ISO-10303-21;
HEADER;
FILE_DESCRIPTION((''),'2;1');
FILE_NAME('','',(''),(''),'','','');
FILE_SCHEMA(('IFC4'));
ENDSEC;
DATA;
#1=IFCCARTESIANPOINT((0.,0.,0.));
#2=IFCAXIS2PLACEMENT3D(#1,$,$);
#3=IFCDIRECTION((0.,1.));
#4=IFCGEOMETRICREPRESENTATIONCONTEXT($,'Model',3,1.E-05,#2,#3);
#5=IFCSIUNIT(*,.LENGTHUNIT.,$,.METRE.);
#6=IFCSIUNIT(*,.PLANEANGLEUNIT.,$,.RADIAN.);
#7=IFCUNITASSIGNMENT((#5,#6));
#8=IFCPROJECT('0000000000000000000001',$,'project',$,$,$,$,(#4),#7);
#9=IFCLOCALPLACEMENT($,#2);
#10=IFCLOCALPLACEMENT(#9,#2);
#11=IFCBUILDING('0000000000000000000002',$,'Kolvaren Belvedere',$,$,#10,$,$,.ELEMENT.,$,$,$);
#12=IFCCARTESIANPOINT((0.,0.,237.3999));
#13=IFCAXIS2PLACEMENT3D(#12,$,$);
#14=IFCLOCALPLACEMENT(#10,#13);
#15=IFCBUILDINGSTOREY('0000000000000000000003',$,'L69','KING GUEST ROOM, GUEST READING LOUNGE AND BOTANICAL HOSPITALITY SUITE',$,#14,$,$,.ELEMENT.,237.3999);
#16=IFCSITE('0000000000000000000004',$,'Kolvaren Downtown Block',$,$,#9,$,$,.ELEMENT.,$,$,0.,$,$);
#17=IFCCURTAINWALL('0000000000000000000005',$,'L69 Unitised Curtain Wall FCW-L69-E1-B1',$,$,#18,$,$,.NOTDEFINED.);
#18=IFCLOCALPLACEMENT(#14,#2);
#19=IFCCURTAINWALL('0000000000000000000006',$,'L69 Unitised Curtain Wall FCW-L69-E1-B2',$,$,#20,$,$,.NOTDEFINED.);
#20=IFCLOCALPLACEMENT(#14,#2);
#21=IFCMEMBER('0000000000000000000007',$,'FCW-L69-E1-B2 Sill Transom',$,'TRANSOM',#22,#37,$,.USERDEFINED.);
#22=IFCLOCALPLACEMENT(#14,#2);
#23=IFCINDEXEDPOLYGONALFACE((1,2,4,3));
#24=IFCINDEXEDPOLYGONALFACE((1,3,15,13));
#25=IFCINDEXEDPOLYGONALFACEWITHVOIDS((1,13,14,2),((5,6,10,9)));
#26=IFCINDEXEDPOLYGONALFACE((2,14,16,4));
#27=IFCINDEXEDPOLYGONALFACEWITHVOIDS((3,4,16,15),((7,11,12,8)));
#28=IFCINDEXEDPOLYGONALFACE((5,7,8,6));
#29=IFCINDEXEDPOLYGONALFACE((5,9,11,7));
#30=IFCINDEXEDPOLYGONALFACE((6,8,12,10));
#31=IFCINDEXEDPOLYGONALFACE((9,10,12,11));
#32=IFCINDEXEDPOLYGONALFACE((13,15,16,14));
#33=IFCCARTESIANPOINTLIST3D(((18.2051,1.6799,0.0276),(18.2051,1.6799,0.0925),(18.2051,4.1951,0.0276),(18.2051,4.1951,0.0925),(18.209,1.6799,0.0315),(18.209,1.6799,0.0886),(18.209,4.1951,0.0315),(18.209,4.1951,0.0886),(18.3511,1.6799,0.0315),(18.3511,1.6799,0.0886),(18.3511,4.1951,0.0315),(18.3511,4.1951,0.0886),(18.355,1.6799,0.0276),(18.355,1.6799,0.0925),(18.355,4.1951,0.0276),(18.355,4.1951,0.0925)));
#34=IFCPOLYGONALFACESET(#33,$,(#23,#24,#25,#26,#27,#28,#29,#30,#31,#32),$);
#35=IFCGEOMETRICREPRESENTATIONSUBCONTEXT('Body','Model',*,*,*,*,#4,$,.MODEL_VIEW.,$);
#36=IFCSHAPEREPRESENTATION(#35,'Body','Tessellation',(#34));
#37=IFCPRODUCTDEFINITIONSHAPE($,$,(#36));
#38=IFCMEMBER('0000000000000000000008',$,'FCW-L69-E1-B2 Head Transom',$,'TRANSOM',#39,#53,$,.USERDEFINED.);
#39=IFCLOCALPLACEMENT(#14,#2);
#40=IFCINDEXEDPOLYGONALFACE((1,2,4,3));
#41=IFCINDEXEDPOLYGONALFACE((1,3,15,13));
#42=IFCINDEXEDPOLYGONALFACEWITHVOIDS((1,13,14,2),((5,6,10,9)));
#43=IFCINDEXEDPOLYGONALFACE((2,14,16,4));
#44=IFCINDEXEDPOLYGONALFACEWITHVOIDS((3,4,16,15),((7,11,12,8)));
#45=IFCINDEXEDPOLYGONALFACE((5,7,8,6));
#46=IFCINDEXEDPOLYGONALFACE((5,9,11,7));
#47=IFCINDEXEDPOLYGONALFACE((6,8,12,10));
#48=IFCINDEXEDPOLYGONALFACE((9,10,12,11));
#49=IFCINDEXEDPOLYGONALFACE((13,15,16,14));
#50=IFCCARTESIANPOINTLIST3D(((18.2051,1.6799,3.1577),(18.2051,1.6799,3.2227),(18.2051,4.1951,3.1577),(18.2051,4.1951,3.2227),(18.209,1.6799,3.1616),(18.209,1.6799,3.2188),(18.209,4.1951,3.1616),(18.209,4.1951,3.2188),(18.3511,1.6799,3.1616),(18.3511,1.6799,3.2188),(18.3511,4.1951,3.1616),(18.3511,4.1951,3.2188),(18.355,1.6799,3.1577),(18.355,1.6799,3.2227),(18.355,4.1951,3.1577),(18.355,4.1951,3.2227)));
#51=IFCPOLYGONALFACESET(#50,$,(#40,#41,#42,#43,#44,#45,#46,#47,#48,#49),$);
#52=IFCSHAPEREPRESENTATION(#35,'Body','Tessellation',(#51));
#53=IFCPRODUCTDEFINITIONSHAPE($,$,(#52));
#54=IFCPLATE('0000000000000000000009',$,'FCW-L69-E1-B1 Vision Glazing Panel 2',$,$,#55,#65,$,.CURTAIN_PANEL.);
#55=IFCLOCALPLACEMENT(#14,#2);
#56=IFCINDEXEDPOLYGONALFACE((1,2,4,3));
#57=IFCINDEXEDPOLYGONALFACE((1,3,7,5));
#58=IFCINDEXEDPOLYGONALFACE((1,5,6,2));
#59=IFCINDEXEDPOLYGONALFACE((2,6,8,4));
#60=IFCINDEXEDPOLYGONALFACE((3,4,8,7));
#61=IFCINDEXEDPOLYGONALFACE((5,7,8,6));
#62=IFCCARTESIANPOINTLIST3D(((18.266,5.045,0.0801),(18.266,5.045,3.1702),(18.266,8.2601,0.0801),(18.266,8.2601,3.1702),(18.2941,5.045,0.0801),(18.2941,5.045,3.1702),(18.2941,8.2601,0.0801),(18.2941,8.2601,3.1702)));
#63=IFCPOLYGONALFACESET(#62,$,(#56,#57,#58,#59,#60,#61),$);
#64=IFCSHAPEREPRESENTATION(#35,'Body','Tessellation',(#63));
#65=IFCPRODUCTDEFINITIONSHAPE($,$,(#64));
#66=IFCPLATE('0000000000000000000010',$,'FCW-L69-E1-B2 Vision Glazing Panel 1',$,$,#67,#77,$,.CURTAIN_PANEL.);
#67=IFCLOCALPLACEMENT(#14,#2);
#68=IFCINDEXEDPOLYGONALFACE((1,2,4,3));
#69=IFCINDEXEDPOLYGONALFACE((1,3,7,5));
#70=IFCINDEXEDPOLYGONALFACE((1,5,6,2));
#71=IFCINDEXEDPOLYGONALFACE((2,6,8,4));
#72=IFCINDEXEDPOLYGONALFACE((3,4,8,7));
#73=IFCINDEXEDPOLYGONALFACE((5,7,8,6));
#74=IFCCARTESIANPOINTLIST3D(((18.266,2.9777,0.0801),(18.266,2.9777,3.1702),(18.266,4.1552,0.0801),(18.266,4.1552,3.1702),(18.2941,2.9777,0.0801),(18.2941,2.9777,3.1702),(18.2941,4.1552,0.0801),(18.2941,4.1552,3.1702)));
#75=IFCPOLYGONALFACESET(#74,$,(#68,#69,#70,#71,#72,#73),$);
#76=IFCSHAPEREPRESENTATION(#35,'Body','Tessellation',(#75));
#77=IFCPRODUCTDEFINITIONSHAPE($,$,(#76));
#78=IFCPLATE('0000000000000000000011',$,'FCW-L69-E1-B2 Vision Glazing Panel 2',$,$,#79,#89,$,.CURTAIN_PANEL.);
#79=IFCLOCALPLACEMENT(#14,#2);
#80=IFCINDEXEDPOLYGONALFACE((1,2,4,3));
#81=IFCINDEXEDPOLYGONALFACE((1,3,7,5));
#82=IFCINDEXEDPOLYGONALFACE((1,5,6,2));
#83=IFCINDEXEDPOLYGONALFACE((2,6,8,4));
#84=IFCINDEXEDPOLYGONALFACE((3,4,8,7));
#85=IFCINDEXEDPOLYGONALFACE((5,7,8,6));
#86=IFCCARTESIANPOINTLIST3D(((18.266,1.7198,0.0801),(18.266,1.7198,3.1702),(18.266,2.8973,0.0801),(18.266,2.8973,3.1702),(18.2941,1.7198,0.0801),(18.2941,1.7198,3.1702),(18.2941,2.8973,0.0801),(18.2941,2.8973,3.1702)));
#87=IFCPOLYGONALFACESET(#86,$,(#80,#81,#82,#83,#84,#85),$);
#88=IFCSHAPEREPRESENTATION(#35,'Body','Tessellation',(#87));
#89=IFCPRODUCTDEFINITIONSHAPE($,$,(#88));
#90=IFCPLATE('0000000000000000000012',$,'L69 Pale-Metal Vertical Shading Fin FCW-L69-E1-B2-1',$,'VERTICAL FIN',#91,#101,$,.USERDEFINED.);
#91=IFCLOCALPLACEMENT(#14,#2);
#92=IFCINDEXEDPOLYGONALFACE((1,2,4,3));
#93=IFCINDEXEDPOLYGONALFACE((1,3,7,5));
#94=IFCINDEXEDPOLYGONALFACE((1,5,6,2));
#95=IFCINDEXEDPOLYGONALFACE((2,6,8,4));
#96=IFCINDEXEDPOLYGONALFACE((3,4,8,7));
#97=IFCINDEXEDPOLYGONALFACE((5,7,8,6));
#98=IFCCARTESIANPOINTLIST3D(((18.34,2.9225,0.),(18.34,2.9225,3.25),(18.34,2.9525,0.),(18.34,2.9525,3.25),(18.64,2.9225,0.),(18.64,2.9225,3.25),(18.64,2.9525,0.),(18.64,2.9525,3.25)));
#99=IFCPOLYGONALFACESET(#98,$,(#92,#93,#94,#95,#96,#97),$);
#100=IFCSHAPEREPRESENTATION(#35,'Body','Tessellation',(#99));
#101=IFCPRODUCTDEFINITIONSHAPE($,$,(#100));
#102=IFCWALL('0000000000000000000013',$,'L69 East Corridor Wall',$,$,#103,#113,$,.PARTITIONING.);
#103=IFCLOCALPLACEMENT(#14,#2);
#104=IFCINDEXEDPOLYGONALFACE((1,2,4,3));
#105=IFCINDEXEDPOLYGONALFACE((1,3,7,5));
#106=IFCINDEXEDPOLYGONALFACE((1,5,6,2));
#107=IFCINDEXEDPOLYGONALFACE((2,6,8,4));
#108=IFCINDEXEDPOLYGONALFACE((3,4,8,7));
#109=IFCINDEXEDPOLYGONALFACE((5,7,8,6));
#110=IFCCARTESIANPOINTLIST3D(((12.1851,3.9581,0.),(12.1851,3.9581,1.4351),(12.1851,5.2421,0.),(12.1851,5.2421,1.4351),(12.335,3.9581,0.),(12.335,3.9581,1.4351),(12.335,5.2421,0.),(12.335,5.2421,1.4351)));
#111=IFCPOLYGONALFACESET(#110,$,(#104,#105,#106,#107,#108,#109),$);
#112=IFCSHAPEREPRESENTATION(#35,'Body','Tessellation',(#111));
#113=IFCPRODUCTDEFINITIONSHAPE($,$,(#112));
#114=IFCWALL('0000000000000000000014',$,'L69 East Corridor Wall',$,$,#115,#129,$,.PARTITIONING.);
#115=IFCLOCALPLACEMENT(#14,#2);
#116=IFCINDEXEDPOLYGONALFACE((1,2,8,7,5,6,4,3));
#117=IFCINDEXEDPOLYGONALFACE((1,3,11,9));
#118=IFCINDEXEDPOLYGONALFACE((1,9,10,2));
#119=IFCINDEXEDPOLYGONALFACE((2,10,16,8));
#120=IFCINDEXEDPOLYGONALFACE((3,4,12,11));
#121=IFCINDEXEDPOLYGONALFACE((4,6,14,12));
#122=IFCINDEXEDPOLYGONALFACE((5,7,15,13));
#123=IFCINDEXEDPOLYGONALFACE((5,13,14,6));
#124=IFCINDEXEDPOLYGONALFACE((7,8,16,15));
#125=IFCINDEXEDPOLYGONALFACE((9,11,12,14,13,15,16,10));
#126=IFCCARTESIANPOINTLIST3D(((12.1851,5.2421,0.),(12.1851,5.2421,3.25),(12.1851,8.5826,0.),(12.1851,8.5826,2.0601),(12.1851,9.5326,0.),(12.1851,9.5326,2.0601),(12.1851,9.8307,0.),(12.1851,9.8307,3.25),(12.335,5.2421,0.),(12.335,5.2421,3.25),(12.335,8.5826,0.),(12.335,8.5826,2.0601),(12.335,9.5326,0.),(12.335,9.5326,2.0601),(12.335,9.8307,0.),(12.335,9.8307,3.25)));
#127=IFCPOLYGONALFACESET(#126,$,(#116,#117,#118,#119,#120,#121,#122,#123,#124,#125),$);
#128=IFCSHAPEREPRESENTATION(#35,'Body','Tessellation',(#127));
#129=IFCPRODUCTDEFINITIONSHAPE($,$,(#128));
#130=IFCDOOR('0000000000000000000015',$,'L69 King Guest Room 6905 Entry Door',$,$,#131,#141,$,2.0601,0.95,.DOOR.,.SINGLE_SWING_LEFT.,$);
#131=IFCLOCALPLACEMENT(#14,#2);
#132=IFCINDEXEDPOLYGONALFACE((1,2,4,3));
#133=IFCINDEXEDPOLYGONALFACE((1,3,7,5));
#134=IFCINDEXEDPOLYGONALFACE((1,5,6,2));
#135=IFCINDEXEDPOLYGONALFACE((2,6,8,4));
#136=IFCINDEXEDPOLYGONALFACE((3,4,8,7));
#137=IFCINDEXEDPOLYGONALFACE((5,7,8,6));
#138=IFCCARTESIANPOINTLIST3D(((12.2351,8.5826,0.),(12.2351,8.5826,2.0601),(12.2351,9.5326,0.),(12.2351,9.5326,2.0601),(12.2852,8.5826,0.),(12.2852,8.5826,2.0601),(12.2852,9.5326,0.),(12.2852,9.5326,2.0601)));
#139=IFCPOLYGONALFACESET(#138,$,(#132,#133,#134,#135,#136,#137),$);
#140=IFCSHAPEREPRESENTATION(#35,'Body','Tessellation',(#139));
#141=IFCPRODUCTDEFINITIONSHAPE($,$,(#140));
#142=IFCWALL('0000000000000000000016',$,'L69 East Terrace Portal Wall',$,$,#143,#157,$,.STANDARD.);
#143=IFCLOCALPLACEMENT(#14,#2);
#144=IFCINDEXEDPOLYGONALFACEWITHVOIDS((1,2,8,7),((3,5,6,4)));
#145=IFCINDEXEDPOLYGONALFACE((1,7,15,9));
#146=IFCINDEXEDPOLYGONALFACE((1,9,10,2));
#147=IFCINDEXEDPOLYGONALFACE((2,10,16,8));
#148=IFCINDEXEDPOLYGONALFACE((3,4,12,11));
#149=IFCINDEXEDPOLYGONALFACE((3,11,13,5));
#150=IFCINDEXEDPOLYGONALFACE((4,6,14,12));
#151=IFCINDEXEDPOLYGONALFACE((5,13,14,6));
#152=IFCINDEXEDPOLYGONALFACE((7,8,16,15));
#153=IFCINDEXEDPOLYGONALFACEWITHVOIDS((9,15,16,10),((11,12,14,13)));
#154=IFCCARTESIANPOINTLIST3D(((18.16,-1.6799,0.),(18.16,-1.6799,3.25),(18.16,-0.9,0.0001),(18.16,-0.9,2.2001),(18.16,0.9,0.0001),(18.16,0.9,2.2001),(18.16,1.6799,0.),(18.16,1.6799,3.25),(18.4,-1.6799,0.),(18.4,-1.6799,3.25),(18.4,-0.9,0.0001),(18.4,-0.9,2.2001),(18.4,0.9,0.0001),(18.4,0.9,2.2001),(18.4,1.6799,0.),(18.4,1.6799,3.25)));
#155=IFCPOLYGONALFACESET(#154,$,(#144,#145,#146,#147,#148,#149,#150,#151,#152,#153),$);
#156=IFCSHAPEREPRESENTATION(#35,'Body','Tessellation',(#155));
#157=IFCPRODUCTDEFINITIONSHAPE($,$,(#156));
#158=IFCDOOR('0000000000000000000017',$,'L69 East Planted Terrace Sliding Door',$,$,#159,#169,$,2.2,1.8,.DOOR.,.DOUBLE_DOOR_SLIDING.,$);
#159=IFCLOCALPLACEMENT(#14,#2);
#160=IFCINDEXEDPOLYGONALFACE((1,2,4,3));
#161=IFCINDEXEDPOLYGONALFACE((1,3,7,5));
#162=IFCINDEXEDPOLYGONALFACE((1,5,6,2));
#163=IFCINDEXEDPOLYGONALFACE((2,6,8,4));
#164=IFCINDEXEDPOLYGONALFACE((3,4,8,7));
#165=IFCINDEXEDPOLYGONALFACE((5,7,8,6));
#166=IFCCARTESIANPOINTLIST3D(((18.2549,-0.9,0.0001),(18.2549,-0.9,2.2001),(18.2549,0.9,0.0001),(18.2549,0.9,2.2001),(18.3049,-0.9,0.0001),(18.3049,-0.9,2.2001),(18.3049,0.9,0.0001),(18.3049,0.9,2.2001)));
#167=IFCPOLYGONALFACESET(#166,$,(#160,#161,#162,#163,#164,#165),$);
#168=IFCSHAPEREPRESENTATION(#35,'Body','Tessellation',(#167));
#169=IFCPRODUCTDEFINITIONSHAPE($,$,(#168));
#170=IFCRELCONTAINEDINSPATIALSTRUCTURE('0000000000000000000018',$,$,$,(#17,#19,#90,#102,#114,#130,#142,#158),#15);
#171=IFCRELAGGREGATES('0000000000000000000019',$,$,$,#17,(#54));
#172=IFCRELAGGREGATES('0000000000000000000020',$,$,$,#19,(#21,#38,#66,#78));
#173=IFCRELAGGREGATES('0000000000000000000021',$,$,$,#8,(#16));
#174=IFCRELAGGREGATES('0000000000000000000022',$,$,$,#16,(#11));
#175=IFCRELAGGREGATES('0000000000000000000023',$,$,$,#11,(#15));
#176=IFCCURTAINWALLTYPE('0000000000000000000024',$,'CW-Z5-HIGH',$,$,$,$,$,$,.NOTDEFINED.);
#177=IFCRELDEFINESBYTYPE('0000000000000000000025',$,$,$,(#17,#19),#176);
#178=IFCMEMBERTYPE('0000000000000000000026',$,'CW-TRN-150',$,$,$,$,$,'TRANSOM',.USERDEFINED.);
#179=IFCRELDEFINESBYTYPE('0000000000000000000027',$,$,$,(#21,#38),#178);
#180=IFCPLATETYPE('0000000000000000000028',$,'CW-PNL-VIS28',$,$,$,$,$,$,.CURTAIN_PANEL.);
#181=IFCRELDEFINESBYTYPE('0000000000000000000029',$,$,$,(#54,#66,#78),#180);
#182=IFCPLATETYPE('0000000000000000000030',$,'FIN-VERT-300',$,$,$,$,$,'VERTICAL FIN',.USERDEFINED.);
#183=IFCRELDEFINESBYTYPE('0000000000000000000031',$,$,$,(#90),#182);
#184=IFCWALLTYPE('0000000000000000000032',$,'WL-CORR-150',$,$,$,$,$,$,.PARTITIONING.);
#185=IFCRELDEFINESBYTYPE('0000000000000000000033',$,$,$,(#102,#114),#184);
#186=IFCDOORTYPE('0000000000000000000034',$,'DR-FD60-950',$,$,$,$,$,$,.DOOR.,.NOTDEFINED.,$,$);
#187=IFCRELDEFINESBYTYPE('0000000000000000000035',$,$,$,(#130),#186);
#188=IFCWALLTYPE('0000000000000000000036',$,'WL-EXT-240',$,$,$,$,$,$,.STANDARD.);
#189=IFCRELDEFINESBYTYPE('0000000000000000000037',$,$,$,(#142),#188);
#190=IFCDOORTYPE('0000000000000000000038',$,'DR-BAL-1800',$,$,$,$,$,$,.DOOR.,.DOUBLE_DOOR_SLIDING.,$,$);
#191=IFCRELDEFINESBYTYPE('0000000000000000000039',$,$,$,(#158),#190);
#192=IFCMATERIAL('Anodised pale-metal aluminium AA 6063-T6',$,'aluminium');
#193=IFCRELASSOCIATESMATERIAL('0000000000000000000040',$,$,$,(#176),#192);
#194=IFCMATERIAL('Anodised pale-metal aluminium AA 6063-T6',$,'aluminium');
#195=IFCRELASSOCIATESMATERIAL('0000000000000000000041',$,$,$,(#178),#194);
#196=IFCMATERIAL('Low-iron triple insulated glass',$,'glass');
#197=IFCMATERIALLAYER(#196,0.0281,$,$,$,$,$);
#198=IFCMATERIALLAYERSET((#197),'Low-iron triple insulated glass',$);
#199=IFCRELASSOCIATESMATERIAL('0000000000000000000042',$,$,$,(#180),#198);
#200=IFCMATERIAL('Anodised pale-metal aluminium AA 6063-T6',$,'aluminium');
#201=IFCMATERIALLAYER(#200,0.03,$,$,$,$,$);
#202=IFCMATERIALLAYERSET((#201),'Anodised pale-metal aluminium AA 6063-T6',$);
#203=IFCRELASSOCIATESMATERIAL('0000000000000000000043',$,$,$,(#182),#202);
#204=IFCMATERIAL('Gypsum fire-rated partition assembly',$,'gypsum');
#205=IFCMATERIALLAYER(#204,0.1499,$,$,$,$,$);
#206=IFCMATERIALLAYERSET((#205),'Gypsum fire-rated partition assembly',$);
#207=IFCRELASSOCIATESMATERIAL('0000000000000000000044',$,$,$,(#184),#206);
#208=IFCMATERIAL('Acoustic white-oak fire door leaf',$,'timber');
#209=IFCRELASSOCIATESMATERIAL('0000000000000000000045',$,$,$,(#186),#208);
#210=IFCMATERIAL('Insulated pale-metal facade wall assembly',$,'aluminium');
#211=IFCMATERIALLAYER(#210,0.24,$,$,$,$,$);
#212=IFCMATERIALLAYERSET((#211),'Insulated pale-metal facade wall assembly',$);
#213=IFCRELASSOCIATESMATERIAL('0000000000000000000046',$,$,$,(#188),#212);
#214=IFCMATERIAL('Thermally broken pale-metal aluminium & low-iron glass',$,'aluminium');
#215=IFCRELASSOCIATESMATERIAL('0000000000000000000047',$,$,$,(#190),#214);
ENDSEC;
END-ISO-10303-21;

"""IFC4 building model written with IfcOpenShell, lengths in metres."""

from ifc_helpers import new_model, si_unit, direction, frame, frame_2d, origin, origin_2d, place, context, subcontext, project, spatial, rectangle, hollow_rectangle, extrude, material, layer, layer_set, material_profile, profile_set, type_object, element, fill, aggregate, save


model = new_model("IFC4")

# Units and contexts
model_context = context("Model", 3, precision=1e-05, world=origin(), true_north=direction((0.0, 1.0)))
body_context = subcontext(model_context, "Body", "Model", "MODEL_VIEW")
ifc_project = project(units=[si_unit("LENGTHUNIT", "METRE"), si_unit("PLANEANGLEUNIT", "RADIAN")], contexts=[model_context])

# Site, building, storey
site_placement = place(None, origin())
site = spatial("IfcSite", under=ifc_project, at=site_placement, Name="Kolvaren Downtown Block", CompositionType="ELEMENT", RefElevation=0.0)
building_placement = place(site_placement, origin())
building = spatial("IfcBuilding", under=site, at=building_placement, Name="Kolvaren Belvedere", CompositionType="ELEMENT")
storey_placement = place(building_placement, frame((0.0, 0.0, 237.3999)))
storey = spatial("IfcBuildingStorey", under=building, at=storey_placement, Name="L69", Description="KING GUEST ROOM, GUEST READING LOUNGE AND BOTANICAL HOSPITALITY SUITE", CompositionType="ELEMENT", Elevation=237.3999)

# Curtain wall
ifc_material_1 = material(Name="Anodised pale-metal aluminium AA 6063-T6", Category="aluminium")
curtain_wall_type = type_object("IfcCurtainWallType", Name="CW-Z5-HIGH", PredefinedType="NOTDEFINED", material=ifc_material_1)
curtain_wall_1_placement = place(storey_placement, origin())
curtain_wall_1 = element("IfcCurtainWall", 1, at=curtain_wall_1_placement, inside=storey, type_object=curtain_wall_type, Name="L69 Unitised Curtain Wall FCW-L69-E1-B1", PredefinedType="NOTDEFINED")

# Curtain wall, members
curtain_wall_2_placement = place(storey_placement, origin())
curtain_wall_2 = element("IfcCurtainWall", 2, at=curtain_wall_2_placement, inside=storey, type_object=curtain_wall_type, Name="L69 Unitised Curtain Wall FCW-L69-E1-B2", PredefinedType="NOTDEFINED")
ifc_material_2 = material(Name="Anodised pale-metal aluminium AA 6063-T6", Category="aluminium")
ifc_material_profile_1 = material_profile(ifc_material_2, hollow_rectangle(XDim=0.0649, YDim=0.1499, WallThickness=0.0039, at=origin_2d()), Name="ALU-TRN-150X65")
ifc_profile_set_1 = profile_set([ifc_material_profile_1], Name="Anodised pale-metal aluminium AA 6063-T6")
member_type_1 = type_object("IfcMemberType", Name="CW-TRN-150", ElementType="TRANSOM", PredefinedType="USERDEFINED", material=ifc_profile_set_1)
member_1_placement = place(storey_placement, frame((18.28, 4.1951, 0.0601), z_axis=(0.0, -1.0, 0.0), x_axis=(0.0, 0.0, 1.0)))
member_1 = element("IfcMember", 3, at=member_1_placement, type_object=member_type_1, Name="FCW-L69-E1-B2 Sill Transom", ObjectType="TRANSOM", PredefinedType="USERDEFINED", context=body_context, shape_type="SweptSolid", body=[
    extrude(hollow_rectangle(XDim=0.0649, YDim=0.1499, WallThickness=0.0039, at=origin_2d()), origin(), (0.0, 0.0, 1.0), 2.5151),
])
member_2_placement = place(storey_placement, frame((18.28, 4.1951, 3.1902), z_axis=(0.0, -1.0, 0.0), x_axis=(0.0, 0.0, 1.0)))
member_2 = element("IfcMember", 4, at=member_2_placement, type_object=member_type_1, Name="FCW-L69-E1-B2 Head Transom", ObjectType="TRANSOM", PredefinedType="USERDEFINED", context=body_context, shape_type="SweptSolid", body=[
    extrude(hollow_rectangle(XDim=0.0649, YDim=0.1499, WallThickness=0.0039, at=origin_2d()), origin(), (0.0, 0.0, 1.0), 2.5151),
])

# Plates
ifc_material_3 = material(Name="Low-iron triple insulated glass", Category="glass")
ifc_layer_1 = layer(ifc_material_3, 0.0281)
ifc_layer_set_1 = layer_set([ifc_layer_1], Name="Low-iron triple insulated glass")
plate_type_1 = type_object("IfcPlateType", Name="CW-PNL-VIS28", PredefinedType="CURTAIN_PANEL", material=ifc_layer_set_1)
plate_1_placement = place(storey_placement, frame((18.28, 6.6526, 0.0801), z_axis=(0.0, 0.0, 1.0), x_axis=(0.0, -1.0, 0.0)))
plate_1 = element("IfcPlate", 5, at=plate_1_placement, type_object=plate_type_1, Name="FCW-L69-E1-B1 Vision Glazing Panel 2", PredefinedType="CURTAIN_PANEL", context=body_context, shape_type="SweptSolid", body=[
    extrude(rectangle(XDim=3.2151, YDim=0.0281, at=origin_2d()), origin(), (0.0, 0.0, 1.0), 3.0901),
])
aggregate(curtain_wall_1, [plate_1])
plate_2_placement = place(storey_placement, frame((18.28, 3.5664, 0.0801), z_axis=(0.0, 0.0, 1.0), x_axis=(0.0, -1.0, 0.0)))
plate_2 = element("IfcPlate", 6, at=plate_2_placement, type_object=plate_type_1, Name="FCW-L69-E1-B2 Vision Glazing Panel 1", PredefinedType="CURTAIN_PANEL", context=body_context, shape_type="SweptSolid", body=[
    extrude(rectangle(XDim=1.1775, YDim=0.0281, at=origin_2d()), origin(), (0.0, 0.0, 1.0), 3.0901),
])
plate_3_placement = place(storey_placement, frame((18.28, 2.3086, 0.0801), z_axis=(0.0, 0.0, 1.0), x_axis=(0.0, -1.0, 0.0)))
plate_3 = element("IfcPlate", 7, at=plate_3_placement, type_object=plate_type_1, Name="FCW-L69-E1-B2 Vision Glazing Panel 2", PredefinedType="CURTAIN_PANEL", context=body_context, shape_type="SweptSolid", body=[
    extrude(rectangle(XDim=1.1775, YDim=0.0281, at=origin_2d()), origin(), (0.0, 0.0, 1.0), 3.0901),
])
aggregate(curtain_wall_2, [member_1, member_2, plate_2, plate_3])
ifc_material_4 = material(Name="Anodised pale-metal aluminium AA 6063-T6", Category="aluminium")
ifc_layer_2 = layer(ifc_material_4, 0.03)
ifc_layer_set_2 = layer_set([ifc_layer_2], Name="Anodised pale-metal aluminium AA 6063-T6")
plate_type_2 = type_object("IfcPlateType", Name="FIN-VERT-300", ElementType="VERTICAL FIN", PredefinedType="USERDEFINED", material=ifc_layer_set_2)
plate_4_placement = place(storey_placement, frame((18.49, 2.9375, 0.0), z_axis=(0.0, 0.0, 1.0), x_axis=(1.0, 0.0, 0.0)))
element("IfcPlate", 8, at=plate_4_placement, inside=storey, type_object=plate_type_2, Name="L69 Pale-Metal Vertical Shading Fin FCW-L69-E1-B2-1", ObjectType="VERTICAL FIN", PredefinedType="USERDEFINED", context=body_context, shape_type="SweptSolid", body=[
    extrude(rectangle(XDim=0.3, YDim=0.03, at=origin_2d()), origin(), (0.0, 0.0, 1.0), 3.25),
])

# Wall
ifc_material_5 = material(Name="Gypsum fire-rated partition assembly", Category="gypsum")
ifc_layer_3 = layer(ifc_material_5, 0.1499)
ifc_layer_set_3 = layer_set([ifc_layer_3], Name="Gypsum fire-rated partition assembly")
wall_type_1 = type_object("IfcWallType", Name="WL-CORR-150", PredefinedType="PARTITIONING", material=ifc_layer_set_3)
wall_1_placement = place(storey_placement, frame((12.26, 3.958, 0.0), z_axis=(0.0, 0.0, 1.0), x_axis=(0.0, 1.0, 0.0)))
element("IfcWall", 9, at=wall_1_placement, inside=storey, type_object=wall_type_1, Name="L69 East Corridor Wall", PredefinedType="PARTITIONING", context=body_context, shape_type="SweptSolid", body=[
    extrude(rectangle(XDim=1.2839, YDim=0.1499, at=frame_2d((0.6421, 0.0))), origin(), (0.0, 0.0, 1.0), 1.4351),
])

# Walls, openings, doors
wall_2_placement = place(storey_placement, frame((12.26, 5.2419, 0.0), z_axis=(0.0, 0.0, 1.0), x_axis=(0.0, 1.0, 0.0)))
wall_2 = element("IfcWall", 10, at=wall_2_placement, inside=storey, type_object=wall_type_1, Name="L69 East Corridor Wall", PredefinedType="PARTITIONING", context=body_context, shape_type="SweptSolid", body=[
    extrude(rectangle(XDim=4.5886, YDim=0.1499, at=frame_2d((2.2944, 0.0))), origin(), (0.0, 0.0, 1.0), 3.25),
])
opening_1_placement = place(wall_2_placement, frame((3.3406, 0.0, 0.0)))
opening_1 = element("IfcOpeningElement", 11, at=opening_1_placement, cuts=wall_2, PredefinedType="OPENING", context=body_context, shape_type="SweptSolid", body=[
    extrude(rectangle(XDim=0.95, YDim=2.0601, at=frame_2d((0.4751, 1.03))), frame((0.0, 0.085, 0.0), z_axis=(0.0, -1.0, 0.0), x_axis=(1.0, 0.0, 0.0)), (0.0, 0.0, 1.0), 0.1699),
])
ifc_material_6 = material(Name="Acoustic white-oak fire door leaf", Category="timber")
door_type_1 = type_object("IfcDoorType", Name="DR-FD60-950", OperationType="NOTDEFINED", PredefinedType="DOOR", material=ifc_material_6)
door_1_placement = place(opening_1_placement, origin())
door_1 = element("IfcDoor", 12, at=door_1_placement, inside=storey, type_object=door_type_1, Name="L69 King Guest Room 6905 Entry Door", OperationType="SINGLE_SWING_LEFT", OverallHeight=2.0601, OverallWidth=0.95, PredefinedType="DOOR", context=body_context, shape_type="SweptSolid", body=[
    extrude(rectangle(XDim=0.95, YDim=2.0601, at=frame_2d((0.4751, 1.03))), frame((0.0, 0.0249, 0.0), z_axis=(0.0, -1.0, 0.0), x_axis=(1.0, 0.0, 0.0)), (0.0, 0.0, 1.0), 0.05),
])
fill(opening_1, door_1)
ifc_material_7 = material(Name="Insulated pale-metal facade wall assembly", Category="aluminium")
ifc_layer_4 = layer(ifc_material_7, 0.24)
ifc_layer_set_4 = layer_set([ifc_layer_4], Name="Insulated pale-metal facade wall assembly")
wall_type_2 = type_object("IfcWallType", Name="WL-EXT-240", PredefinedType="STANDARD", material=ifc_layer_set_4)
wall_3_placement = place(storey_placement, frame((18.28, 1.6799, 0.0), z_axis=(0.0, 0.0, 1.0), x_axis=(0.0, -1.0, 0.0)))
wall_3 = element("IfcWall", 13, at=wall_3_placement, inside=storey, type_object=wall_type_2, Name="L69 East Terrace Portal Wall", PredefinedType="STANDARD", context=body_context, shape_type="SweptSolid", body=[
    extrude(rectangle(XDim=3.3599, YDim=0.24, at=frame_2d((1.6799, 0.0))), origin(), (0.0, 0.0, 1.0), 3.25),
])
opening_2_placement = place(wall_3_placement, frame((0.78, 0.0, 0.0)))
opening_2 = element("IfcOpeningElement", 14, at=opening_2_placement, cuts=wall_3, PredefinedType="OPENING", context=body_context, shape_type="SweptSolid", body=[
    extrude(rectangle(XDim=1.8, YDim=2.2, at=frame_2d((0.8999, 1.1001))), frame((0.0, 0.1299, 0.0), z_axis=(0.0, -1.0, 0.0), x_axis=(1.0, 0.0, 0.0)), (0.0, 0.0, 1.0), 0.26),
])
ifc_material_8 = material(Name="Thermally broken pale-metal aluminium & low-iron glass", Category="aluminium")
door_type_2 = type_object("IfcDoorType", Name="DR-BAL-1800", OperationType="DOUBLE_DOOR_SLIDING", PredefinedType="DOOR", material=ifc_material_8)
door_2_placement = place(opening_2_placement, origin())
door_2 = element("IfcDoor", 15, at=door_2_placement, inside=storey, type_object=door_type_2, Name="L69 East Planted Terrace Sliding Door", OperationType="DOUBLE_DOOR_SLIDING", OverallHeight=2.2, OverallWidth=1.8, PredefinedType="DOOR", context=body_context, shape_type="SweptSolid", body=[
    extrude(rectangle(XDim=1.8, YDim=2.2, at=frame_2d((0.8999, 1.1001))), frame((0.0, 0.0249, 0.0), z_axis=(0.0, -1.0, 0.0), x_axis=(1.0, 0.0, 0.0)), (0.0, 0.0, 1.0), 0.05),
])
fill(opening_2, door_2)

save(model, "model.ifc")
